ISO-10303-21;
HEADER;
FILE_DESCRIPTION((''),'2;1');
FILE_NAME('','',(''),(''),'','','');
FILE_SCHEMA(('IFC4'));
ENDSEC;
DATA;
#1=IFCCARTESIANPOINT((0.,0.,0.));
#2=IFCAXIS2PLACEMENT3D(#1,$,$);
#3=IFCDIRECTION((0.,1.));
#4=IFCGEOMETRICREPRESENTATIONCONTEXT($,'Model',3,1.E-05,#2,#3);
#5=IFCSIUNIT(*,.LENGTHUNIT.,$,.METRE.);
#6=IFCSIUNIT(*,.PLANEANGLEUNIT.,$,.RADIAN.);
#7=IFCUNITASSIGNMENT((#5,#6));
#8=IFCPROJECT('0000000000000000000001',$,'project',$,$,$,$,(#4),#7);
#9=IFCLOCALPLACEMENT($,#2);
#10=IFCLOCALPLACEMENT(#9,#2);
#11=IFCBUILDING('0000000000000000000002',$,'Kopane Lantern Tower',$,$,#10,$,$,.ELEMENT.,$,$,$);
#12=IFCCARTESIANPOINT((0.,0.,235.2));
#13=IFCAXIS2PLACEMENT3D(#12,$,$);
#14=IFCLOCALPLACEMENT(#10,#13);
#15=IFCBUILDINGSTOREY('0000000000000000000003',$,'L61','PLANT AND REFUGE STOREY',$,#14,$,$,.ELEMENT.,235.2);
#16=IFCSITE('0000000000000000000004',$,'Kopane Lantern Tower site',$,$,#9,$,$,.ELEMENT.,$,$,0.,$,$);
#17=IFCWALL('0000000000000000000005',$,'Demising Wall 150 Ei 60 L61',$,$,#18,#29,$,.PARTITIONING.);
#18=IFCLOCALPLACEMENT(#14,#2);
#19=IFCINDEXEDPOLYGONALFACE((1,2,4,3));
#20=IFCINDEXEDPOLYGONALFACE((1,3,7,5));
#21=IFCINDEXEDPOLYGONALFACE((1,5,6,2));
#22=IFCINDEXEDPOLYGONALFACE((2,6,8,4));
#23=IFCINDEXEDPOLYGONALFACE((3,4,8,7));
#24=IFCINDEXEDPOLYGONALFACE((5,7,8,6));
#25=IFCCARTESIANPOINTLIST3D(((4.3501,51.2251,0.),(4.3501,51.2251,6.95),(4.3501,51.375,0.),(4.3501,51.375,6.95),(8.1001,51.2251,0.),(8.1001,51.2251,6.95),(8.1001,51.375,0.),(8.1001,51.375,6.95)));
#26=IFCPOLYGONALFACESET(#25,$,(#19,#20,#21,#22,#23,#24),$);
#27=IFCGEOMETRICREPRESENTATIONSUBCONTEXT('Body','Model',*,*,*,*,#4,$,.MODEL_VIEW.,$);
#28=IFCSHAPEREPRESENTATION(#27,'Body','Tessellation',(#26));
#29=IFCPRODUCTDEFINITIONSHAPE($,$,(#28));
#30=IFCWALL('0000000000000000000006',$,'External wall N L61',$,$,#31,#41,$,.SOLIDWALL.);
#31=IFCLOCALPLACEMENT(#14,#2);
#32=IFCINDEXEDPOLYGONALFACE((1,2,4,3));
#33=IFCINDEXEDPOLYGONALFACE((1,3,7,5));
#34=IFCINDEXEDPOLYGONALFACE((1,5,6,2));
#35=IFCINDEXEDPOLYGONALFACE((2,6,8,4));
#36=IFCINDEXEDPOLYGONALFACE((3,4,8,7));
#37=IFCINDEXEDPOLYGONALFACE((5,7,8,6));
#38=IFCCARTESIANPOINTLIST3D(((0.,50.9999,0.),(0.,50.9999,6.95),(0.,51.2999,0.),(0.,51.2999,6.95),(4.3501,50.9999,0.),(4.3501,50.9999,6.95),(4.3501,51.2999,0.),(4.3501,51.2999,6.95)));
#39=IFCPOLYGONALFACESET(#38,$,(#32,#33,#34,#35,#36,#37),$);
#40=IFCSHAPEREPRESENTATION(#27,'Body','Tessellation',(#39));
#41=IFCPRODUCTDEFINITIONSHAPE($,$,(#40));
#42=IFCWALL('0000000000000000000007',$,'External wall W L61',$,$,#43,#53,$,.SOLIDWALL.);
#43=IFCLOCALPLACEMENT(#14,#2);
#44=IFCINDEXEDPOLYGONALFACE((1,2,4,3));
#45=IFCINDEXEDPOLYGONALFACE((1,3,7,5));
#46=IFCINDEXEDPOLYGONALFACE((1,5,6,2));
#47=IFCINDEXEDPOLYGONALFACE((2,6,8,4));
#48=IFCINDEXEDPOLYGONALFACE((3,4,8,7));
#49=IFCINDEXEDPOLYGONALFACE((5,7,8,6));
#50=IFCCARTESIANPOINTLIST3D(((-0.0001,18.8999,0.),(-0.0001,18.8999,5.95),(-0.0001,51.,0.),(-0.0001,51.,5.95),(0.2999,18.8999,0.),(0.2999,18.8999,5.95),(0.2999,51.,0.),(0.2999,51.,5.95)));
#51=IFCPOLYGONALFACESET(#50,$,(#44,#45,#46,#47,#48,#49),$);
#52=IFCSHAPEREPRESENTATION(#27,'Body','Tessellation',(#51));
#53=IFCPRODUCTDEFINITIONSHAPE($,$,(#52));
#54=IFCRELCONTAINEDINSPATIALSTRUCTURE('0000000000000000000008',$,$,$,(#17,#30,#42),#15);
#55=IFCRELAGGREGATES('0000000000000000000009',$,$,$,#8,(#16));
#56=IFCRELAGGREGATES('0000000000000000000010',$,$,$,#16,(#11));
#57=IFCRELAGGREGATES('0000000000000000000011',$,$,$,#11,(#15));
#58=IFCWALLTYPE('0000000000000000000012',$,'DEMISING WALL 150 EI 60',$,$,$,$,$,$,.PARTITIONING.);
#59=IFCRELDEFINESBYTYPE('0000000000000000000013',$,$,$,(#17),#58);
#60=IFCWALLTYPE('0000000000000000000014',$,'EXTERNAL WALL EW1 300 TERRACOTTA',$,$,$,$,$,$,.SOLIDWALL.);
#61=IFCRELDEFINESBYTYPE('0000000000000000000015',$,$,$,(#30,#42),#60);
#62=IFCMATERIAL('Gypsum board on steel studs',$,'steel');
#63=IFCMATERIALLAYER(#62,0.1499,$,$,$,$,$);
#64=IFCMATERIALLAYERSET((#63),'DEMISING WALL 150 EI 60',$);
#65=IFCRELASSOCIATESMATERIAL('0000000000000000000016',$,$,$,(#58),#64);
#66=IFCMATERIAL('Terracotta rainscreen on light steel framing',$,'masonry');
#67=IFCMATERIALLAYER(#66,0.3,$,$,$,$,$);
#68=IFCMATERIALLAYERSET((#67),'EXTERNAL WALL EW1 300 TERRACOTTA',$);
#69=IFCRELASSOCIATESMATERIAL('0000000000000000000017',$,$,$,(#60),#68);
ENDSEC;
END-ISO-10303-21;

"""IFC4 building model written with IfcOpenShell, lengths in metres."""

from ifc_helpers import new_model, si_unit, direction, frame, frame_2d, origin, place, context, subcontext, project, spatial, rectangle, extrude, material, layer, layer_set, type_object, element, save


model = new_model("IFC4")

# Units and contexts
model_context = context("Model", 3, precision=1e-05, world=origin(), true_north=direction((0.0, 1.0)))
body_context = subcontext(model_context, "Body", "Model", "MODEL_VIEW")
ifc_project = project(units=[si_unit("LENGTHUNIT", "METRE"), si_unit("PLANEANGLEUNIT", "RADIAN")], contexts=[model_context])

# Site, building, storey
site_placement = place(None, origin())
site = spatial("IfcSite", under=ifc_project, at=site_placement, Name="Kopane Lantern Tower site", CompositionType="ELEMENT", RefElevation=0.0)
building_placement = place(site_placement, origin())
building = spatial("IfcBuilding", under=site, at=building_placement, Name="Kopane Lantern Tower", CompositionType="ELEMENT")
storey_placement = place(building_placement, frame((0.0, 0.0, 235.2)))
storey = spatial("IfcBuildingStorey", under=building, at=storey_placement, Name="L61", Description="PLANT AND REFUGE STOREY", CompositionType="ELEMENT", Elevation=235.2)

# Walls
ifc_material_1 = material(Name="Gypsum board on steel studs", Category="steel")
ifc_layer_1 = layer(ifc_material_1, 0.1499)
ifc_layer_set_1 = layer_set([ifc_layer_1], Name="DEMISING WALL 150 EI 60")
wall_type_1 = type_object("IfcWallType", Name="DEMISING WALL 150 EI 60", PredefinedType="PARTITIONING", material=ifc_layer_set_1)
wall_1_placement = place(storey_placement, frame((4.3501, 51.3, 0.0), z_axis=(0.0, 0.0, 1.0), x_axis=(1.0, 0.0, 0.0)))
element("IfcWall", 1, at=wall_1_placement, inside=storey, type_object=wall_type_1, Name="Demising Wall 150 Ei 60 L61", PredefinedType="PARTITIONING", context=body_context, shape_type="SweptSolid", body=[
    extrude(rectangle(XDim=3.75, YDim=0.1499, at=frame_2d((1.875, 0.0))), origin(), (0.0, 0.0, 1.0), 6.95),
])
ifc_material_2 = material(Name="Terracotta rainscreen on light steel framing", Category="masonry")
ifc_layer_2 = layer(ifc_material_2, 0.3)
ifc_layer_set_2 = layer_set([ifc_layer_2], Name="EXTERNAL WALL EW1 300 TERRACOTTA")
wall_type_2 = type_object("IfcWallType", Name="EXTERNAL WALL EW1 300 TERRACOTTA", PredefinedType="SOLIDWALL", material=ifc_layer_set_2)
wall_2_placement = place(storey_placement, frame((4.3501, 51.1499, 0.0), z_axis=(0.0, 0.0, 1.0), x_axis=(-1.0, 0.0, 0.0)))
element("IfcWall", 2, at=wall_2_placement, inside=storey, type_object=wall_type_2, Name="External wall N L61", PredefinedType="SOLIDWALL", context=body_context, shape_type="SweptSolid", body=[
    extrude(rectangle(XDim=4.3501, YDim=0.3, at=frame_2d((2.175, 0.0))), origin(), (0.0, 0.0, 1.0), 6.95),
])
wall_3_placement = place(storey_placement, frame((0.1499, 51.0, 0.0), z_axis=(0.0, 0.0, 1.0), x_axis=(0.0, -1.0, 0.0)))
element("IfcWall", 3, at=wall_3_placement, inside=storey, type_object=wall_type_2, Name="External wall W L61", PredefinedType="SOLIDWALL", context=body_context, shape_type="SweptSolid", body=[
    extrude(rectangle(XDim=32.1001, YDim=0.3, at=frame_2d((16.05, 0.0))), origin(), (0.0, 0.0, 1.0), 5.95),
])

save(model, "model.ifc")
